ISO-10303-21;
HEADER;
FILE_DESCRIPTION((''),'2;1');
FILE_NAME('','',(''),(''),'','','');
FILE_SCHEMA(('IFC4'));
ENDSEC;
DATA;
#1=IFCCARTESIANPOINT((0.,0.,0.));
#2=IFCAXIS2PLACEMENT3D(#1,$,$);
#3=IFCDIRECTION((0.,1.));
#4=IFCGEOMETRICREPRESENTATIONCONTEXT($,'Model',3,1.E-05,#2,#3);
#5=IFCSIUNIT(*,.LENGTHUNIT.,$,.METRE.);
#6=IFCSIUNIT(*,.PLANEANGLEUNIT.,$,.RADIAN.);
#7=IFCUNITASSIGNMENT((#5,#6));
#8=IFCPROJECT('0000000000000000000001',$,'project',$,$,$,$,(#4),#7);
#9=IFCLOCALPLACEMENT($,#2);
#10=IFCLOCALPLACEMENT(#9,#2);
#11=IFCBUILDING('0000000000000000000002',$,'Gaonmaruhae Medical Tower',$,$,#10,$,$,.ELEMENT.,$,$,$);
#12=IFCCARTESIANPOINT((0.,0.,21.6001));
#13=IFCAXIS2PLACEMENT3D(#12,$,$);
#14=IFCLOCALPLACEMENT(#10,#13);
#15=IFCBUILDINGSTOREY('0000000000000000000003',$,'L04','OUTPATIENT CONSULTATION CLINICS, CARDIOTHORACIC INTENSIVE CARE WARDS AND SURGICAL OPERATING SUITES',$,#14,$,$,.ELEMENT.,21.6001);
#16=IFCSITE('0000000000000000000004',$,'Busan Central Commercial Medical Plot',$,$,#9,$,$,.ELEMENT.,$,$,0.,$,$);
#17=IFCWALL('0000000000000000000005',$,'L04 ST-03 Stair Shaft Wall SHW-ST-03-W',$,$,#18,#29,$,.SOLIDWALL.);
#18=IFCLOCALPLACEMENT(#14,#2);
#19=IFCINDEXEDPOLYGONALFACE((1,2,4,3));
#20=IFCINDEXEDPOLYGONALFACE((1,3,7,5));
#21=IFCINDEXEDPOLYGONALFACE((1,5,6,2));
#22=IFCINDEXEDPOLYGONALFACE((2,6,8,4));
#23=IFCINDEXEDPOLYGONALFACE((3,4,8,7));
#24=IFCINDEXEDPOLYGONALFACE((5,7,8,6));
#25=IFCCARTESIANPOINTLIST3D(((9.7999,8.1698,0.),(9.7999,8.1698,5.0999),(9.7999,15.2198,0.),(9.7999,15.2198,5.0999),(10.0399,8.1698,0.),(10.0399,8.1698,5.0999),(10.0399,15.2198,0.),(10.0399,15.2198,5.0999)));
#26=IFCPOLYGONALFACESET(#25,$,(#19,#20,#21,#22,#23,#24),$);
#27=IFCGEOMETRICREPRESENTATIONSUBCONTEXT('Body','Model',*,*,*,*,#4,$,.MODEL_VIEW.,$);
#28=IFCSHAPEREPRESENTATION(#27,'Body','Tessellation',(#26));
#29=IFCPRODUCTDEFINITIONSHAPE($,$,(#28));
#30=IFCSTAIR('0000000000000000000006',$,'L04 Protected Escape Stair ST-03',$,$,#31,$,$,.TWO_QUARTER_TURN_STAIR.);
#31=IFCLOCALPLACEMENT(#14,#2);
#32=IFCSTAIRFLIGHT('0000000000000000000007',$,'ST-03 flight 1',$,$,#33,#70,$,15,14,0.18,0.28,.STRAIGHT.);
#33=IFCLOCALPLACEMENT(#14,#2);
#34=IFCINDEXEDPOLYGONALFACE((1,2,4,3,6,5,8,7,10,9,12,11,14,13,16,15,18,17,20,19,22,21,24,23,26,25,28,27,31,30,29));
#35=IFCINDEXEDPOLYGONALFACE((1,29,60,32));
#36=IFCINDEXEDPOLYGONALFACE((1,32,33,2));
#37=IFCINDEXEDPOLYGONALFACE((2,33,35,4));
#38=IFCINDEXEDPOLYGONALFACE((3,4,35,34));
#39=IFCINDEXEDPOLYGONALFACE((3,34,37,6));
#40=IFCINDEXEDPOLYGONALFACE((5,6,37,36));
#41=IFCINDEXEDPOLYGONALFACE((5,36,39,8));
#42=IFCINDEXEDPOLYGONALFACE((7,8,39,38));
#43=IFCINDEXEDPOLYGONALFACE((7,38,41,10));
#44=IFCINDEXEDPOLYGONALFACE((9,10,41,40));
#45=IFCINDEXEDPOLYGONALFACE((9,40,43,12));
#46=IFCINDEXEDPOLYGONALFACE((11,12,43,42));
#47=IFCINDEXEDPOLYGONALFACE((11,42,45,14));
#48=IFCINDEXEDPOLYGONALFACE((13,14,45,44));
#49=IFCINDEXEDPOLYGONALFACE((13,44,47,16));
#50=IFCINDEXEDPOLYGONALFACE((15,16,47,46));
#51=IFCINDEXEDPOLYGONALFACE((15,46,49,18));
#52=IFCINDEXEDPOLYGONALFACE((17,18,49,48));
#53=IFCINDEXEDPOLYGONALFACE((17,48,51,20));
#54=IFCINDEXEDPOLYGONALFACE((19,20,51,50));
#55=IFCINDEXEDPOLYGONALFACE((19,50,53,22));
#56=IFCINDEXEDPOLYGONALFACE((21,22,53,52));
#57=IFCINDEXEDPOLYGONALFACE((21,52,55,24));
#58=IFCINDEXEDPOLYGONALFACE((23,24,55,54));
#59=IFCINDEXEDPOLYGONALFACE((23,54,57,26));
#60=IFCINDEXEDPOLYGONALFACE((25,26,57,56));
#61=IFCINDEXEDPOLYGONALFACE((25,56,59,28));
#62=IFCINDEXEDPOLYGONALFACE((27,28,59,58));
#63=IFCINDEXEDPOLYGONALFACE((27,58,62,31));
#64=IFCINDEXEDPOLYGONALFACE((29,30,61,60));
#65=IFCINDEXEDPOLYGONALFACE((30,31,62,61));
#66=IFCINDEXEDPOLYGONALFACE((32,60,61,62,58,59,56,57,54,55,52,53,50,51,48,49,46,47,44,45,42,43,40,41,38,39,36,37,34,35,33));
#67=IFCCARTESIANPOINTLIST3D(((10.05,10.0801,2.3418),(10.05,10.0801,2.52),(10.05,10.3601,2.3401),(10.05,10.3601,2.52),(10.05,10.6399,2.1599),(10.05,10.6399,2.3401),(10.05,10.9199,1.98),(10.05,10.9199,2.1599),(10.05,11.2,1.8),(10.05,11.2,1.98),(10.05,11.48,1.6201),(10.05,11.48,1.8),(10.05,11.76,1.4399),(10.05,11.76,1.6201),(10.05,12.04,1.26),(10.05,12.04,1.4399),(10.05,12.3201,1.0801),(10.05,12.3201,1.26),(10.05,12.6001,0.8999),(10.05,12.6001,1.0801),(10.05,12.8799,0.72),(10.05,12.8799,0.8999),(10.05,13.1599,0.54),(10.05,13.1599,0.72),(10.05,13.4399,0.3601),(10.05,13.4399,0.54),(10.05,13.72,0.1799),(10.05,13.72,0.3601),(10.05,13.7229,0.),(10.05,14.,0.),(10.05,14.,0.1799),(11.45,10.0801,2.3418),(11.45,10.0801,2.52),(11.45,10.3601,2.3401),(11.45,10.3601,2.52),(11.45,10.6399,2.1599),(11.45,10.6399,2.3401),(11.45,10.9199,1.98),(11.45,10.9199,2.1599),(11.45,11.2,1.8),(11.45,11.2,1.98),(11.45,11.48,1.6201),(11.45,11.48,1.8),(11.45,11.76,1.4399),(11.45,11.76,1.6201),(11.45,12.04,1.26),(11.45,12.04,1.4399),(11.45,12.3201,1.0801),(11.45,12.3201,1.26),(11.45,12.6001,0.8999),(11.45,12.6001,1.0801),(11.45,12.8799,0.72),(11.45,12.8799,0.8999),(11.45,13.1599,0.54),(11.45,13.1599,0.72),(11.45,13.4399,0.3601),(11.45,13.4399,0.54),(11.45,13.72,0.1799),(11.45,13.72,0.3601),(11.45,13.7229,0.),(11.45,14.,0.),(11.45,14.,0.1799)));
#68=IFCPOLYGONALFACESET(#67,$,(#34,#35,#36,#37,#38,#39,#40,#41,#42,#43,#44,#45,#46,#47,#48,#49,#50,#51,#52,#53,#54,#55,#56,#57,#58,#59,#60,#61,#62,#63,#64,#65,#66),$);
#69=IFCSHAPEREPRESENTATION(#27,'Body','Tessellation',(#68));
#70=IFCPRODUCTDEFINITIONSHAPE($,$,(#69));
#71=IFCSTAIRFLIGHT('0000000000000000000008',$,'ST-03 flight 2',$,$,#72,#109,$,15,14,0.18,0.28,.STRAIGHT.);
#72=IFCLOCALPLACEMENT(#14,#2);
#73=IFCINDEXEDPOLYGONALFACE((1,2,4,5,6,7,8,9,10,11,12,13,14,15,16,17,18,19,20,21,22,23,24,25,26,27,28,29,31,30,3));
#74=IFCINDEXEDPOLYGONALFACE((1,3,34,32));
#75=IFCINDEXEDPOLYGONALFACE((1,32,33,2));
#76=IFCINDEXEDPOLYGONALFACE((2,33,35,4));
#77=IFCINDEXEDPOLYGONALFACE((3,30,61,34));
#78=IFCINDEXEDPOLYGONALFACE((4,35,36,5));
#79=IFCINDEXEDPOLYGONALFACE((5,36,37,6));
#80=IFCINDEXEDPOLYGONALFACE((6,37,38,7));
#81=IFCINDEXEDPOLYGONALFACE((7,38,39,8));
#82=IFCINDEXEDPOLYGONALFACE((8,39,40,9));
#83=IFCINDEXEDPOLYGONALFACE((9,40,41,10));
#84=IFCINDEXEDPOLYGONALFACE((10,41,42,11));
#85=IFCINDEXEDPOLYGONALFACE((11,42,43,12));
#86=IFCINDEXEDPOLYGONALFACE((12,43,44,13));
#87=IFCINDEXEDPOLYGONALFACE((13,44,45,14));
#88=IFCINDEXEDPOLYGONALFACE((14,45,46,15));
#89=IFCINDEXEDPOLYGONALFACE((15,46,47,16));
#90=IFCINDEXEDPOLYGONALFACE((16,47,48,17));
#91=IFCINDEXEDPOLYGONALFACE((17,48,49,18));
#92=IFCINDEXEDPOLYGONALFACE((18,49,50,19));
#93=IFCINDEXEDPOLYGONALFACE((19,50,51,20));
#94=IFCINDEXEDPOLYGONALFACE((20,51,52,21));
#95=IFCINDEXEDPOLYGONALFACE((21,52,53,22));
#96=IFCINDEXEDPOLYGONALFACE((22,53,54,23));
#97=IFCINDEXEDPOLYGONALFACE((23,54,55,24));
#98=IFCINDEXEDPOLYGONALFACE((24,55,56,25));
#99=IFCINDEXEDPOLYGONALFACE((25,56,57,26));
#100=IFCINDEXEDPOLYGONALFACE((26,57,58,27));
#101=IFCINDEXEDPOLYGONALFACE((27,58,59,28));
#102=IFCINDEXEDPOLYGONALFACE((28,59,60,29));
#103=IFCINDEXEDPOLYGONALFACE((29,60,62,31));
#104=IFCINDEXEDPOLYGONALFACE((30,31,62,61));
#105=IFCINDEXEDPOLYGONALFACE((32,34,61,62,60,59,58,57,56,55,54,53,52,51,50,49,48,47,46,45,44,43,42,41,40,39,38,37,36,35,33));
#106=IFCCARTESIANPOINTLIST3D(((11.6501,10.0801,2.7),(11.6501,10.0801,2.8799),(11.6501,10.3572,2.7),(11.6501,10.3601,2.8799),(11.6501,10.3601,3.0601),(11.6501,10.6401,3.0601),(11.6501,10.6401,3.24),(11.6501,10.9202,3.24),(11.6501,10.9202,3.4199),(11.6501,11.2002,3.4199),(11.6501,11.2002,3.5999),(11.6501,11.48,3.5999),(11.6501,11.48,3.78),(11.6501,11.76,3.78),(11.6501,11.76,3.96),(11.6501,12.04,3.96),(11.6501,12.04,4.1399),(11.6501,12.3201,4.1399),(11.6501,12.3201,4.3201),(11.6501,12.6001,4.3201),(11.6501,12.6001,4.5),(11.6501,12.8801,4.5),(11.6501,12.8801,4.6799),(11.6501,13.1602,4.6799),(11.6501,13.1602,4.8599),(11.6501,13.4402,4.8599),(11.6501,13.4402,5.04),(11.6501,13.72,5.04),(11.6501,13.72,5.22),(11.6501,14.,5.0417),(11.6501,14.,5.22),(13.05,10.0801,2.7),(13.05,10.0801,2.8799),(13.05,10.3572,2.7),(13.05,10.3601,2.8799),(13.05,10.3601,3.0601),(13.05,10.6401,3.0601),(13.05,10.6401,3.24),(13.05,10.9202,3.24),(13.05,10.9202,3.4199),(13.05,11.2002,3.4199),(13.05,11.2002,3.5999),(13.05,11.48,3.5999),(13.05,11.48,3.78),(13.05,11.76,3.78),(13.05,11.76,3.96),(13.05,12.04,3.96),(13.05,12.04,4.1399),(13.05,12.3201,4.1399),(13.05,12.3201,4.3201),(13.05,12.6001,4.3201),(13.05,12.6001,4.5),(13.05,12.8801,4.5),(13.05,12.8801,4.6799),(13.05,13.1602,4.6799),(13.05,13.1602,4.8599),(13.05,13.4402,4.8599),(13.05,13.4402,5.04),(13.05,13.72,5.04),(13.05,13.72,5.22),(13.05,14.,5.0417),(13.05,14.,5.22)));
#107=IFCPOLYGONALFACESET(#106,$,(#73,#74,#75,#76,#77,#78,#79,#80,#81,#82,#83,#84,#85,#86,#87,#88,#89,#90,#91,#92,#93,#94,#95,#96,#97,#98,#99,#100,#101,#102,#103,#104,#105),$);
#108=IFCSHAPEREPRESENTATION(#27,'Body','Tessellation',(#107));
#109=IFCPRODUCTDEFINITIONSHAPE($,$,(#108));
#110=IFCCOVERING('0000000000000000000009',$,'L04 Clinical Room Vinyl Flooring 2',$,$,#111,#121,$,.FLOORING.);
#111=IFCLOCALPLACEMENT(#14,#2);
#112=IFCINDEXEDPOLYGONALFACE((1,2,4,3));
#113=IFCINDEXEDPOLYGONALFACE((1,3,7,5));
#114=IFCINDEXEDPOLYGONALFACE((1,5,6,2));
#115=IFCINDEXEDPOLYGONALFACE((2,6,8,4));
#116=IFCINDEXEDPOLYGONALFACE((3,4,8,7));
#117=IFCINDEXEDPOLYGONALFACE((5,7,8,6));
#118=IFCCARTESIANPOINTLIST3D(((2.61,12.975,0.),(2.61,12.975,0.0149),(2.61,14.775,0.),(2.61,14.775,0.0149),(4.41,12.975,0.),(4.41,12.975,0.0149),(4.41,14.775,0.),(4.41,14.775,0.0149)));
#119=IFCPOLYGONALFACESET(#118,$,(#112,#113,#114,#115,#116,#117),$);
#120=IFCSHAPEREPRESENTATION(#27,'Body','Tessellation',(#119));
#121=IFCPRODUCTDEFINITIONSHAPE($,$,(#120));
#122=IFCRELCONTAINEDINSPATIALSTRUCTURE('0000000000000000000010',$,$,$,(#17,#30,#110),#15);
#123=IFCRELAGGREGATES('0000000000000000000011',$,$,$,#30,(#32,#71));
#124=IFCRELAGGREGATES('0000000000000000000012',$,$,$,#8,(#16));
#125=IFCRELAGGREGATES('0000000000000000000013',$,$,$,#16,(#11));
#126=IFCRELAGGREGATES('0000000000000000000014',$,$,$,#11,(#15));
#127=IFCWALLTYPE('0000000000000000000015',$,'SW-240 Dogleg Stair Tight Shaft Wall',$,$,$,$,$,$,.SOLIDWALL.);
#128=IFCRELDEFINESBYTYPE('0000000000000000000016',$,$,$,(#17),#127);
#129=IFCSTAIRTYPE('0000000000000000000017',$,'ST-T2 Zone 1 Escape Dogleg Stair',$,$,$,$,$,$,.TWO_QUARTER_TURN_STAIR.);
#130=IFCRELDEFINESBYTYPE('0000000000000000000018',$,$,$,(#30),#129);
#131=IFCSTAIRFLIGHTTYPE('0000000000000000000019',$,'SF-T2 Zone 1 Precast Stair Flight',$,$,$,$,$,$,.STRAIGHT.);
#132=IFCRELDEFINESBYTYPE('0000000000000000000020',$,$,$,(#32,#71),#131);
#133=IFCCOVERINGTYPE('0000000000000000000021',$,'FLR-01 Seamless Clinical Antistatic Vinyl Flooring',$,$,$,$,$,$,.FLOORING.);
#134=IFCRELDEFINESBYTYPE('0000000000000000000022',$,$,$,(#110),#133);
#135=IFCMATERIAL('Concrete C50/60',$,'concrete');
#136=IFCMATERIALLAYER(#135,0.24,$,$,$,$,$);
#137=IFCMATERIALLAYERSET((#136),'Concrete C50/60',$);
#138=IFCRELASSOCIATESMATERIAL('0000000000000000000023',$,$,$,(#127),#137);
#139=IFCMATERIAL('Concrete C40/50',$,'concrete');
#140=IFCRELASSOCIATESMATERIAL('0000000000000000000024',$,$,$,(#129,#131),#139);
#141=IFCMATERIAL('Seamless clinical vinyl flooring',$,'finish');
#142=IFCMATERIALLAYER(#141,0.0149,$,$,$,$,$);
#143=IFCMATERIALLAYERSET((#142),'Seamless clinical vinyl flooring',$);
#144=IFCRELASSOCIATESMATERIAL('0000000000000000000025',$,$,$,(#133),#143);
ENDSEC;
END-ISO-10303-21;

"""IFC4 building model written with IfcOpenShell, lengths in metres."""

from ifc_helpers import new_model, si_unit, direction, frame, frame_2d, origin, origin_2d, place, context, subcontext, project, spatial, polyline, rectangle, outline, extrude, material, layer, layer_set, type_object, element, aggregate, save


model = new_model("IFC4")

# Units and contexts
model_context = context("Model", 3, precision=1e-05, world=origin(), true_north=direction((0.0, 1.0)))
body_context = subcontext(model_context, "Body", "Model", "MODEL_VIEW")
ifc_project = project(units=[si_unit("LENGTHUNIT", "METRE"), si_unit("PLANEANGLEUNIT", "RADIAN")], contexts=[model_context])

# Site, building, storey
site_placement = place(None, origin())
site = spatial("IfcSite", under=ifc_project, at=site_placement, Name="Busan Central Commercial Medical Plot", CompositionType="ELEMENT", RefElevation=0.0)
building_placement = place(site_placement, origin())
building = spatial("IfcBuilding", under=site, at=building_placement, Name="Gaonmaruhae Medical Tower", CompositionType="ELEMENT")
storey_placement = place(building_placement, frame((0.0, 0.0, 21.6001)))
storey = spatial("IfcBuildingStorey", under=building, at=storey_placement, Name="L04", Description="OUTPATIENT CONSULTATION CLINICS, CARDIOTHORACIC INTENSIVE CARE WARDS AND SURGICAL OPERATING SUITES", CompositionType="ELEMENT", Elevation=21.6001)

# Shared definitions
ifc_material_1 = material(Name="Concrete C50/60", Category="concrete")

# Shared definitions
ifc_layer_1 = layer(ifc_material_1, 0.24)
ifc_layer_set_1 = layer_set([ifc_layer_1], Name="Concrete C50/60")
wall_type_1 = type_object("IfcWallType", Name="SW-240 Dogleg Stair Tight Shaft Wall", PredefinedType="SOLIDWALL", material=ifc_layer_set_1)

# Wall
wall_1_placement = place(storey_placement, frame((9.9199, 8.1699, 0.0), z_axis=(0.0, 0.0, 1.0), x_axis=(0.0, 1.0, 0.0)))
element("IfcWall", 1, at=wall_1_placement, inside=storey, type_object=wall_type_1, Name="L04 ST-03 Stair Shaft Wall SHW-ST-03-W", PredefinedType="SOLIDWALL", context=body_context, shape_type="SweptSolid", body=[
    extrude(rectangle(XDim=7.05, YDim=0.24, at=frame_2d((3.5249, 0.0))), origin(), (0.0, 0.0, 1.0), 5.0999),
])

# Stair, stair flights
ifc_material_2 = material(Name="Concrete C40/50", Category="concrete")
stair_type = type_object("IfcStairType", Name="ST-T2 Zone 1 Escape Dogleg Stair", PredefinedType="TWO_QUARTER_TURN_STAIR", material=ifc_material_2)
stair_placement = place(storey_placement, origin())
stair = element("IfcStair", 2, at=stair_placement, inside=storey, type_object=stair_type, Name="L04 Protected Escape Stair ST-03", PredefinedType="TWO_QUARTER_TURN_STAIR")
stair_flight_type = type_object("IfcStairFlightType", Name="SF-T2 Zone 1 Precast Stair Flight", PredefinedType="STRAIGHT", material=ifc_material_2)
stair_flight_1_placement = place(storey_placement, frame((10.75, 14.0, 0.0), z_axis=(0.0, 0.0, 1.0), x_axis=(0.0, -1.0, 0.0)))
stair_flight_1 = element("IfcStairFlight", 3, at=stair_flight_1_placement, type_object=stair_flight_type, Name="ST-03 flight 1", NumberOfRisers=15, NumberOfTreads=14, PredefinedType="STRAIGHT", RiserHeight=0.18, TreadLength=0.28, context=body_context, shape_type="SweptSolid", body=[
    extrude(outline(polyline([(0.0, 0.0), (0.0, 0.1799), (0.28, 0.1799), (0.28, 0.3601), (0.5601, 0.3601), (0.5601, 0.54), (0.8401, 0.54), (0.8401, 0.72), (1.1201, 0.72), (1.1201, 0.8999), (1.3999, 0.8999), (1.3999, 1.0801), (1.6799, 1.0801), (1.6799, 1.26), (1.96, 1.26), (1.96, 1.4399), (2.24, 1.4399), (2.24, 1.6201), (2.52, 1.6201), (2.52, 1.8), (2.8, 1.8), (2.8, 1.98), (3.0801, 1.98), (3.0801, 2.1599), (3.3601, 2.1599), (3.3601, 2.3401), (3.6399, 2.3401), (3.6399, 2.52), (3.9199, 2.52), (3.9199, 2.7), (3.9199, 2.3418), (0.2771, 0.0), (0.0, 0.0)])), frame((0.0, 0.7, 0.0), z_axis=(0.0, -1.0, 0.0), x_axis=(1.0, 0.0, 0.0)), (0.0, 0.0, 1.0), 1.3999),
])
stair_flight_2_placement = place(storey_placement, frame((12.3501, 10.0801, 2.7), z_axis=(0.0, 0.0, 1.0), x_axis=(0.0, 1.0, 0.0)))
stair_flight_2 = element("IfcStairFlight", 4, at=stair_flight_2_placement, type_object=stair_flight_type, Name="ST-03 flight 2", NumberOfRisers=15, NumberOfTreads=14, PredefinedType="STRAIGHT", RiserHeight=0.18, TreadLength=0.28, context=body_context, shape_type="SweptSolid", body=[
    extrude(outline(polyline([(0.0, 0.0), (0.0, 0.1799), (0.28, 0.1799), (0.28, 0.3601), (0.5601, 0.3601), (0.5601, 0.54), (0.8401, 0.54), (0.8401, 0.72), (1.1201, 0.72), (1.1201, 0.8999), (1.3999, 0.8999), (1.3999, 1.0801), (1.6799, 1.0801), (1.6799, 1.26), (1.96, 1.26), (1.96, 1.4399), (2.24, 1.4399), (2.24, 1.6201), (2.52, 1.6201), (2.52, 1.8), (2.8, 1.8), (2.8, 1.98), (3.0801, 1.98), (3.0801, 2.1599), (3.3601, 2.1599), (3.3601, 2.3401), (3.6399, 2.3401), (3.6399, 2.52), (3.9199, 2.52), (3.9199, 2.7), (3.9199, 2.3418), (0.2771, 0.0), (0.0, 0.0)])), frame((0.0, 0.7, 0.0), z_axis=(0.0, -1.0, 0.0), x_axis=(1.0, 0.0, 0.0)), (0.0, 0.0, 1.0), 1.3999),
])
aggregate(stair, [stair_flight_1, stair_flight_2])

# Covering
ifc_material_3 = material(Name="Seamless clinical vinyl flooring", Category="finish")
ifc_layer_2 = layer(ifc_material_3, 0.0149)
ifc_layer_set_2 = layer_set([ifc_layer_2], Name="Seamless clinical vinyl flooring")
covering_type = type_object("IfcCoveringType", Name="FLR-01 Seamless Clinical Antistatic Vinyl Flooring", PredefinedType="FLOORING", material=ifc_layer_set_2)
covering_placement = place(storey_placement, frame((3.51, 13.875, 0.0), z_axis=(0.0, 0.0, 1.0), x_axis=(1.0, 0.0, 0.0)))
element("IfcCovering", 5, at=covering_placement, inside=storey, type_object=covering_type, Name="L04 Clinical Room Vinyl Flooring 2", PredefinedType="FLOORING", context=body_context, shape_type="SweptSolid", body=[
    extrude(rectangle(XDim=1.8, YDim=1.8, at=origin_2d()), origin(), (0.0, 0.0, 1.0), 0.0149),
])

save(model, "model.ifc")
